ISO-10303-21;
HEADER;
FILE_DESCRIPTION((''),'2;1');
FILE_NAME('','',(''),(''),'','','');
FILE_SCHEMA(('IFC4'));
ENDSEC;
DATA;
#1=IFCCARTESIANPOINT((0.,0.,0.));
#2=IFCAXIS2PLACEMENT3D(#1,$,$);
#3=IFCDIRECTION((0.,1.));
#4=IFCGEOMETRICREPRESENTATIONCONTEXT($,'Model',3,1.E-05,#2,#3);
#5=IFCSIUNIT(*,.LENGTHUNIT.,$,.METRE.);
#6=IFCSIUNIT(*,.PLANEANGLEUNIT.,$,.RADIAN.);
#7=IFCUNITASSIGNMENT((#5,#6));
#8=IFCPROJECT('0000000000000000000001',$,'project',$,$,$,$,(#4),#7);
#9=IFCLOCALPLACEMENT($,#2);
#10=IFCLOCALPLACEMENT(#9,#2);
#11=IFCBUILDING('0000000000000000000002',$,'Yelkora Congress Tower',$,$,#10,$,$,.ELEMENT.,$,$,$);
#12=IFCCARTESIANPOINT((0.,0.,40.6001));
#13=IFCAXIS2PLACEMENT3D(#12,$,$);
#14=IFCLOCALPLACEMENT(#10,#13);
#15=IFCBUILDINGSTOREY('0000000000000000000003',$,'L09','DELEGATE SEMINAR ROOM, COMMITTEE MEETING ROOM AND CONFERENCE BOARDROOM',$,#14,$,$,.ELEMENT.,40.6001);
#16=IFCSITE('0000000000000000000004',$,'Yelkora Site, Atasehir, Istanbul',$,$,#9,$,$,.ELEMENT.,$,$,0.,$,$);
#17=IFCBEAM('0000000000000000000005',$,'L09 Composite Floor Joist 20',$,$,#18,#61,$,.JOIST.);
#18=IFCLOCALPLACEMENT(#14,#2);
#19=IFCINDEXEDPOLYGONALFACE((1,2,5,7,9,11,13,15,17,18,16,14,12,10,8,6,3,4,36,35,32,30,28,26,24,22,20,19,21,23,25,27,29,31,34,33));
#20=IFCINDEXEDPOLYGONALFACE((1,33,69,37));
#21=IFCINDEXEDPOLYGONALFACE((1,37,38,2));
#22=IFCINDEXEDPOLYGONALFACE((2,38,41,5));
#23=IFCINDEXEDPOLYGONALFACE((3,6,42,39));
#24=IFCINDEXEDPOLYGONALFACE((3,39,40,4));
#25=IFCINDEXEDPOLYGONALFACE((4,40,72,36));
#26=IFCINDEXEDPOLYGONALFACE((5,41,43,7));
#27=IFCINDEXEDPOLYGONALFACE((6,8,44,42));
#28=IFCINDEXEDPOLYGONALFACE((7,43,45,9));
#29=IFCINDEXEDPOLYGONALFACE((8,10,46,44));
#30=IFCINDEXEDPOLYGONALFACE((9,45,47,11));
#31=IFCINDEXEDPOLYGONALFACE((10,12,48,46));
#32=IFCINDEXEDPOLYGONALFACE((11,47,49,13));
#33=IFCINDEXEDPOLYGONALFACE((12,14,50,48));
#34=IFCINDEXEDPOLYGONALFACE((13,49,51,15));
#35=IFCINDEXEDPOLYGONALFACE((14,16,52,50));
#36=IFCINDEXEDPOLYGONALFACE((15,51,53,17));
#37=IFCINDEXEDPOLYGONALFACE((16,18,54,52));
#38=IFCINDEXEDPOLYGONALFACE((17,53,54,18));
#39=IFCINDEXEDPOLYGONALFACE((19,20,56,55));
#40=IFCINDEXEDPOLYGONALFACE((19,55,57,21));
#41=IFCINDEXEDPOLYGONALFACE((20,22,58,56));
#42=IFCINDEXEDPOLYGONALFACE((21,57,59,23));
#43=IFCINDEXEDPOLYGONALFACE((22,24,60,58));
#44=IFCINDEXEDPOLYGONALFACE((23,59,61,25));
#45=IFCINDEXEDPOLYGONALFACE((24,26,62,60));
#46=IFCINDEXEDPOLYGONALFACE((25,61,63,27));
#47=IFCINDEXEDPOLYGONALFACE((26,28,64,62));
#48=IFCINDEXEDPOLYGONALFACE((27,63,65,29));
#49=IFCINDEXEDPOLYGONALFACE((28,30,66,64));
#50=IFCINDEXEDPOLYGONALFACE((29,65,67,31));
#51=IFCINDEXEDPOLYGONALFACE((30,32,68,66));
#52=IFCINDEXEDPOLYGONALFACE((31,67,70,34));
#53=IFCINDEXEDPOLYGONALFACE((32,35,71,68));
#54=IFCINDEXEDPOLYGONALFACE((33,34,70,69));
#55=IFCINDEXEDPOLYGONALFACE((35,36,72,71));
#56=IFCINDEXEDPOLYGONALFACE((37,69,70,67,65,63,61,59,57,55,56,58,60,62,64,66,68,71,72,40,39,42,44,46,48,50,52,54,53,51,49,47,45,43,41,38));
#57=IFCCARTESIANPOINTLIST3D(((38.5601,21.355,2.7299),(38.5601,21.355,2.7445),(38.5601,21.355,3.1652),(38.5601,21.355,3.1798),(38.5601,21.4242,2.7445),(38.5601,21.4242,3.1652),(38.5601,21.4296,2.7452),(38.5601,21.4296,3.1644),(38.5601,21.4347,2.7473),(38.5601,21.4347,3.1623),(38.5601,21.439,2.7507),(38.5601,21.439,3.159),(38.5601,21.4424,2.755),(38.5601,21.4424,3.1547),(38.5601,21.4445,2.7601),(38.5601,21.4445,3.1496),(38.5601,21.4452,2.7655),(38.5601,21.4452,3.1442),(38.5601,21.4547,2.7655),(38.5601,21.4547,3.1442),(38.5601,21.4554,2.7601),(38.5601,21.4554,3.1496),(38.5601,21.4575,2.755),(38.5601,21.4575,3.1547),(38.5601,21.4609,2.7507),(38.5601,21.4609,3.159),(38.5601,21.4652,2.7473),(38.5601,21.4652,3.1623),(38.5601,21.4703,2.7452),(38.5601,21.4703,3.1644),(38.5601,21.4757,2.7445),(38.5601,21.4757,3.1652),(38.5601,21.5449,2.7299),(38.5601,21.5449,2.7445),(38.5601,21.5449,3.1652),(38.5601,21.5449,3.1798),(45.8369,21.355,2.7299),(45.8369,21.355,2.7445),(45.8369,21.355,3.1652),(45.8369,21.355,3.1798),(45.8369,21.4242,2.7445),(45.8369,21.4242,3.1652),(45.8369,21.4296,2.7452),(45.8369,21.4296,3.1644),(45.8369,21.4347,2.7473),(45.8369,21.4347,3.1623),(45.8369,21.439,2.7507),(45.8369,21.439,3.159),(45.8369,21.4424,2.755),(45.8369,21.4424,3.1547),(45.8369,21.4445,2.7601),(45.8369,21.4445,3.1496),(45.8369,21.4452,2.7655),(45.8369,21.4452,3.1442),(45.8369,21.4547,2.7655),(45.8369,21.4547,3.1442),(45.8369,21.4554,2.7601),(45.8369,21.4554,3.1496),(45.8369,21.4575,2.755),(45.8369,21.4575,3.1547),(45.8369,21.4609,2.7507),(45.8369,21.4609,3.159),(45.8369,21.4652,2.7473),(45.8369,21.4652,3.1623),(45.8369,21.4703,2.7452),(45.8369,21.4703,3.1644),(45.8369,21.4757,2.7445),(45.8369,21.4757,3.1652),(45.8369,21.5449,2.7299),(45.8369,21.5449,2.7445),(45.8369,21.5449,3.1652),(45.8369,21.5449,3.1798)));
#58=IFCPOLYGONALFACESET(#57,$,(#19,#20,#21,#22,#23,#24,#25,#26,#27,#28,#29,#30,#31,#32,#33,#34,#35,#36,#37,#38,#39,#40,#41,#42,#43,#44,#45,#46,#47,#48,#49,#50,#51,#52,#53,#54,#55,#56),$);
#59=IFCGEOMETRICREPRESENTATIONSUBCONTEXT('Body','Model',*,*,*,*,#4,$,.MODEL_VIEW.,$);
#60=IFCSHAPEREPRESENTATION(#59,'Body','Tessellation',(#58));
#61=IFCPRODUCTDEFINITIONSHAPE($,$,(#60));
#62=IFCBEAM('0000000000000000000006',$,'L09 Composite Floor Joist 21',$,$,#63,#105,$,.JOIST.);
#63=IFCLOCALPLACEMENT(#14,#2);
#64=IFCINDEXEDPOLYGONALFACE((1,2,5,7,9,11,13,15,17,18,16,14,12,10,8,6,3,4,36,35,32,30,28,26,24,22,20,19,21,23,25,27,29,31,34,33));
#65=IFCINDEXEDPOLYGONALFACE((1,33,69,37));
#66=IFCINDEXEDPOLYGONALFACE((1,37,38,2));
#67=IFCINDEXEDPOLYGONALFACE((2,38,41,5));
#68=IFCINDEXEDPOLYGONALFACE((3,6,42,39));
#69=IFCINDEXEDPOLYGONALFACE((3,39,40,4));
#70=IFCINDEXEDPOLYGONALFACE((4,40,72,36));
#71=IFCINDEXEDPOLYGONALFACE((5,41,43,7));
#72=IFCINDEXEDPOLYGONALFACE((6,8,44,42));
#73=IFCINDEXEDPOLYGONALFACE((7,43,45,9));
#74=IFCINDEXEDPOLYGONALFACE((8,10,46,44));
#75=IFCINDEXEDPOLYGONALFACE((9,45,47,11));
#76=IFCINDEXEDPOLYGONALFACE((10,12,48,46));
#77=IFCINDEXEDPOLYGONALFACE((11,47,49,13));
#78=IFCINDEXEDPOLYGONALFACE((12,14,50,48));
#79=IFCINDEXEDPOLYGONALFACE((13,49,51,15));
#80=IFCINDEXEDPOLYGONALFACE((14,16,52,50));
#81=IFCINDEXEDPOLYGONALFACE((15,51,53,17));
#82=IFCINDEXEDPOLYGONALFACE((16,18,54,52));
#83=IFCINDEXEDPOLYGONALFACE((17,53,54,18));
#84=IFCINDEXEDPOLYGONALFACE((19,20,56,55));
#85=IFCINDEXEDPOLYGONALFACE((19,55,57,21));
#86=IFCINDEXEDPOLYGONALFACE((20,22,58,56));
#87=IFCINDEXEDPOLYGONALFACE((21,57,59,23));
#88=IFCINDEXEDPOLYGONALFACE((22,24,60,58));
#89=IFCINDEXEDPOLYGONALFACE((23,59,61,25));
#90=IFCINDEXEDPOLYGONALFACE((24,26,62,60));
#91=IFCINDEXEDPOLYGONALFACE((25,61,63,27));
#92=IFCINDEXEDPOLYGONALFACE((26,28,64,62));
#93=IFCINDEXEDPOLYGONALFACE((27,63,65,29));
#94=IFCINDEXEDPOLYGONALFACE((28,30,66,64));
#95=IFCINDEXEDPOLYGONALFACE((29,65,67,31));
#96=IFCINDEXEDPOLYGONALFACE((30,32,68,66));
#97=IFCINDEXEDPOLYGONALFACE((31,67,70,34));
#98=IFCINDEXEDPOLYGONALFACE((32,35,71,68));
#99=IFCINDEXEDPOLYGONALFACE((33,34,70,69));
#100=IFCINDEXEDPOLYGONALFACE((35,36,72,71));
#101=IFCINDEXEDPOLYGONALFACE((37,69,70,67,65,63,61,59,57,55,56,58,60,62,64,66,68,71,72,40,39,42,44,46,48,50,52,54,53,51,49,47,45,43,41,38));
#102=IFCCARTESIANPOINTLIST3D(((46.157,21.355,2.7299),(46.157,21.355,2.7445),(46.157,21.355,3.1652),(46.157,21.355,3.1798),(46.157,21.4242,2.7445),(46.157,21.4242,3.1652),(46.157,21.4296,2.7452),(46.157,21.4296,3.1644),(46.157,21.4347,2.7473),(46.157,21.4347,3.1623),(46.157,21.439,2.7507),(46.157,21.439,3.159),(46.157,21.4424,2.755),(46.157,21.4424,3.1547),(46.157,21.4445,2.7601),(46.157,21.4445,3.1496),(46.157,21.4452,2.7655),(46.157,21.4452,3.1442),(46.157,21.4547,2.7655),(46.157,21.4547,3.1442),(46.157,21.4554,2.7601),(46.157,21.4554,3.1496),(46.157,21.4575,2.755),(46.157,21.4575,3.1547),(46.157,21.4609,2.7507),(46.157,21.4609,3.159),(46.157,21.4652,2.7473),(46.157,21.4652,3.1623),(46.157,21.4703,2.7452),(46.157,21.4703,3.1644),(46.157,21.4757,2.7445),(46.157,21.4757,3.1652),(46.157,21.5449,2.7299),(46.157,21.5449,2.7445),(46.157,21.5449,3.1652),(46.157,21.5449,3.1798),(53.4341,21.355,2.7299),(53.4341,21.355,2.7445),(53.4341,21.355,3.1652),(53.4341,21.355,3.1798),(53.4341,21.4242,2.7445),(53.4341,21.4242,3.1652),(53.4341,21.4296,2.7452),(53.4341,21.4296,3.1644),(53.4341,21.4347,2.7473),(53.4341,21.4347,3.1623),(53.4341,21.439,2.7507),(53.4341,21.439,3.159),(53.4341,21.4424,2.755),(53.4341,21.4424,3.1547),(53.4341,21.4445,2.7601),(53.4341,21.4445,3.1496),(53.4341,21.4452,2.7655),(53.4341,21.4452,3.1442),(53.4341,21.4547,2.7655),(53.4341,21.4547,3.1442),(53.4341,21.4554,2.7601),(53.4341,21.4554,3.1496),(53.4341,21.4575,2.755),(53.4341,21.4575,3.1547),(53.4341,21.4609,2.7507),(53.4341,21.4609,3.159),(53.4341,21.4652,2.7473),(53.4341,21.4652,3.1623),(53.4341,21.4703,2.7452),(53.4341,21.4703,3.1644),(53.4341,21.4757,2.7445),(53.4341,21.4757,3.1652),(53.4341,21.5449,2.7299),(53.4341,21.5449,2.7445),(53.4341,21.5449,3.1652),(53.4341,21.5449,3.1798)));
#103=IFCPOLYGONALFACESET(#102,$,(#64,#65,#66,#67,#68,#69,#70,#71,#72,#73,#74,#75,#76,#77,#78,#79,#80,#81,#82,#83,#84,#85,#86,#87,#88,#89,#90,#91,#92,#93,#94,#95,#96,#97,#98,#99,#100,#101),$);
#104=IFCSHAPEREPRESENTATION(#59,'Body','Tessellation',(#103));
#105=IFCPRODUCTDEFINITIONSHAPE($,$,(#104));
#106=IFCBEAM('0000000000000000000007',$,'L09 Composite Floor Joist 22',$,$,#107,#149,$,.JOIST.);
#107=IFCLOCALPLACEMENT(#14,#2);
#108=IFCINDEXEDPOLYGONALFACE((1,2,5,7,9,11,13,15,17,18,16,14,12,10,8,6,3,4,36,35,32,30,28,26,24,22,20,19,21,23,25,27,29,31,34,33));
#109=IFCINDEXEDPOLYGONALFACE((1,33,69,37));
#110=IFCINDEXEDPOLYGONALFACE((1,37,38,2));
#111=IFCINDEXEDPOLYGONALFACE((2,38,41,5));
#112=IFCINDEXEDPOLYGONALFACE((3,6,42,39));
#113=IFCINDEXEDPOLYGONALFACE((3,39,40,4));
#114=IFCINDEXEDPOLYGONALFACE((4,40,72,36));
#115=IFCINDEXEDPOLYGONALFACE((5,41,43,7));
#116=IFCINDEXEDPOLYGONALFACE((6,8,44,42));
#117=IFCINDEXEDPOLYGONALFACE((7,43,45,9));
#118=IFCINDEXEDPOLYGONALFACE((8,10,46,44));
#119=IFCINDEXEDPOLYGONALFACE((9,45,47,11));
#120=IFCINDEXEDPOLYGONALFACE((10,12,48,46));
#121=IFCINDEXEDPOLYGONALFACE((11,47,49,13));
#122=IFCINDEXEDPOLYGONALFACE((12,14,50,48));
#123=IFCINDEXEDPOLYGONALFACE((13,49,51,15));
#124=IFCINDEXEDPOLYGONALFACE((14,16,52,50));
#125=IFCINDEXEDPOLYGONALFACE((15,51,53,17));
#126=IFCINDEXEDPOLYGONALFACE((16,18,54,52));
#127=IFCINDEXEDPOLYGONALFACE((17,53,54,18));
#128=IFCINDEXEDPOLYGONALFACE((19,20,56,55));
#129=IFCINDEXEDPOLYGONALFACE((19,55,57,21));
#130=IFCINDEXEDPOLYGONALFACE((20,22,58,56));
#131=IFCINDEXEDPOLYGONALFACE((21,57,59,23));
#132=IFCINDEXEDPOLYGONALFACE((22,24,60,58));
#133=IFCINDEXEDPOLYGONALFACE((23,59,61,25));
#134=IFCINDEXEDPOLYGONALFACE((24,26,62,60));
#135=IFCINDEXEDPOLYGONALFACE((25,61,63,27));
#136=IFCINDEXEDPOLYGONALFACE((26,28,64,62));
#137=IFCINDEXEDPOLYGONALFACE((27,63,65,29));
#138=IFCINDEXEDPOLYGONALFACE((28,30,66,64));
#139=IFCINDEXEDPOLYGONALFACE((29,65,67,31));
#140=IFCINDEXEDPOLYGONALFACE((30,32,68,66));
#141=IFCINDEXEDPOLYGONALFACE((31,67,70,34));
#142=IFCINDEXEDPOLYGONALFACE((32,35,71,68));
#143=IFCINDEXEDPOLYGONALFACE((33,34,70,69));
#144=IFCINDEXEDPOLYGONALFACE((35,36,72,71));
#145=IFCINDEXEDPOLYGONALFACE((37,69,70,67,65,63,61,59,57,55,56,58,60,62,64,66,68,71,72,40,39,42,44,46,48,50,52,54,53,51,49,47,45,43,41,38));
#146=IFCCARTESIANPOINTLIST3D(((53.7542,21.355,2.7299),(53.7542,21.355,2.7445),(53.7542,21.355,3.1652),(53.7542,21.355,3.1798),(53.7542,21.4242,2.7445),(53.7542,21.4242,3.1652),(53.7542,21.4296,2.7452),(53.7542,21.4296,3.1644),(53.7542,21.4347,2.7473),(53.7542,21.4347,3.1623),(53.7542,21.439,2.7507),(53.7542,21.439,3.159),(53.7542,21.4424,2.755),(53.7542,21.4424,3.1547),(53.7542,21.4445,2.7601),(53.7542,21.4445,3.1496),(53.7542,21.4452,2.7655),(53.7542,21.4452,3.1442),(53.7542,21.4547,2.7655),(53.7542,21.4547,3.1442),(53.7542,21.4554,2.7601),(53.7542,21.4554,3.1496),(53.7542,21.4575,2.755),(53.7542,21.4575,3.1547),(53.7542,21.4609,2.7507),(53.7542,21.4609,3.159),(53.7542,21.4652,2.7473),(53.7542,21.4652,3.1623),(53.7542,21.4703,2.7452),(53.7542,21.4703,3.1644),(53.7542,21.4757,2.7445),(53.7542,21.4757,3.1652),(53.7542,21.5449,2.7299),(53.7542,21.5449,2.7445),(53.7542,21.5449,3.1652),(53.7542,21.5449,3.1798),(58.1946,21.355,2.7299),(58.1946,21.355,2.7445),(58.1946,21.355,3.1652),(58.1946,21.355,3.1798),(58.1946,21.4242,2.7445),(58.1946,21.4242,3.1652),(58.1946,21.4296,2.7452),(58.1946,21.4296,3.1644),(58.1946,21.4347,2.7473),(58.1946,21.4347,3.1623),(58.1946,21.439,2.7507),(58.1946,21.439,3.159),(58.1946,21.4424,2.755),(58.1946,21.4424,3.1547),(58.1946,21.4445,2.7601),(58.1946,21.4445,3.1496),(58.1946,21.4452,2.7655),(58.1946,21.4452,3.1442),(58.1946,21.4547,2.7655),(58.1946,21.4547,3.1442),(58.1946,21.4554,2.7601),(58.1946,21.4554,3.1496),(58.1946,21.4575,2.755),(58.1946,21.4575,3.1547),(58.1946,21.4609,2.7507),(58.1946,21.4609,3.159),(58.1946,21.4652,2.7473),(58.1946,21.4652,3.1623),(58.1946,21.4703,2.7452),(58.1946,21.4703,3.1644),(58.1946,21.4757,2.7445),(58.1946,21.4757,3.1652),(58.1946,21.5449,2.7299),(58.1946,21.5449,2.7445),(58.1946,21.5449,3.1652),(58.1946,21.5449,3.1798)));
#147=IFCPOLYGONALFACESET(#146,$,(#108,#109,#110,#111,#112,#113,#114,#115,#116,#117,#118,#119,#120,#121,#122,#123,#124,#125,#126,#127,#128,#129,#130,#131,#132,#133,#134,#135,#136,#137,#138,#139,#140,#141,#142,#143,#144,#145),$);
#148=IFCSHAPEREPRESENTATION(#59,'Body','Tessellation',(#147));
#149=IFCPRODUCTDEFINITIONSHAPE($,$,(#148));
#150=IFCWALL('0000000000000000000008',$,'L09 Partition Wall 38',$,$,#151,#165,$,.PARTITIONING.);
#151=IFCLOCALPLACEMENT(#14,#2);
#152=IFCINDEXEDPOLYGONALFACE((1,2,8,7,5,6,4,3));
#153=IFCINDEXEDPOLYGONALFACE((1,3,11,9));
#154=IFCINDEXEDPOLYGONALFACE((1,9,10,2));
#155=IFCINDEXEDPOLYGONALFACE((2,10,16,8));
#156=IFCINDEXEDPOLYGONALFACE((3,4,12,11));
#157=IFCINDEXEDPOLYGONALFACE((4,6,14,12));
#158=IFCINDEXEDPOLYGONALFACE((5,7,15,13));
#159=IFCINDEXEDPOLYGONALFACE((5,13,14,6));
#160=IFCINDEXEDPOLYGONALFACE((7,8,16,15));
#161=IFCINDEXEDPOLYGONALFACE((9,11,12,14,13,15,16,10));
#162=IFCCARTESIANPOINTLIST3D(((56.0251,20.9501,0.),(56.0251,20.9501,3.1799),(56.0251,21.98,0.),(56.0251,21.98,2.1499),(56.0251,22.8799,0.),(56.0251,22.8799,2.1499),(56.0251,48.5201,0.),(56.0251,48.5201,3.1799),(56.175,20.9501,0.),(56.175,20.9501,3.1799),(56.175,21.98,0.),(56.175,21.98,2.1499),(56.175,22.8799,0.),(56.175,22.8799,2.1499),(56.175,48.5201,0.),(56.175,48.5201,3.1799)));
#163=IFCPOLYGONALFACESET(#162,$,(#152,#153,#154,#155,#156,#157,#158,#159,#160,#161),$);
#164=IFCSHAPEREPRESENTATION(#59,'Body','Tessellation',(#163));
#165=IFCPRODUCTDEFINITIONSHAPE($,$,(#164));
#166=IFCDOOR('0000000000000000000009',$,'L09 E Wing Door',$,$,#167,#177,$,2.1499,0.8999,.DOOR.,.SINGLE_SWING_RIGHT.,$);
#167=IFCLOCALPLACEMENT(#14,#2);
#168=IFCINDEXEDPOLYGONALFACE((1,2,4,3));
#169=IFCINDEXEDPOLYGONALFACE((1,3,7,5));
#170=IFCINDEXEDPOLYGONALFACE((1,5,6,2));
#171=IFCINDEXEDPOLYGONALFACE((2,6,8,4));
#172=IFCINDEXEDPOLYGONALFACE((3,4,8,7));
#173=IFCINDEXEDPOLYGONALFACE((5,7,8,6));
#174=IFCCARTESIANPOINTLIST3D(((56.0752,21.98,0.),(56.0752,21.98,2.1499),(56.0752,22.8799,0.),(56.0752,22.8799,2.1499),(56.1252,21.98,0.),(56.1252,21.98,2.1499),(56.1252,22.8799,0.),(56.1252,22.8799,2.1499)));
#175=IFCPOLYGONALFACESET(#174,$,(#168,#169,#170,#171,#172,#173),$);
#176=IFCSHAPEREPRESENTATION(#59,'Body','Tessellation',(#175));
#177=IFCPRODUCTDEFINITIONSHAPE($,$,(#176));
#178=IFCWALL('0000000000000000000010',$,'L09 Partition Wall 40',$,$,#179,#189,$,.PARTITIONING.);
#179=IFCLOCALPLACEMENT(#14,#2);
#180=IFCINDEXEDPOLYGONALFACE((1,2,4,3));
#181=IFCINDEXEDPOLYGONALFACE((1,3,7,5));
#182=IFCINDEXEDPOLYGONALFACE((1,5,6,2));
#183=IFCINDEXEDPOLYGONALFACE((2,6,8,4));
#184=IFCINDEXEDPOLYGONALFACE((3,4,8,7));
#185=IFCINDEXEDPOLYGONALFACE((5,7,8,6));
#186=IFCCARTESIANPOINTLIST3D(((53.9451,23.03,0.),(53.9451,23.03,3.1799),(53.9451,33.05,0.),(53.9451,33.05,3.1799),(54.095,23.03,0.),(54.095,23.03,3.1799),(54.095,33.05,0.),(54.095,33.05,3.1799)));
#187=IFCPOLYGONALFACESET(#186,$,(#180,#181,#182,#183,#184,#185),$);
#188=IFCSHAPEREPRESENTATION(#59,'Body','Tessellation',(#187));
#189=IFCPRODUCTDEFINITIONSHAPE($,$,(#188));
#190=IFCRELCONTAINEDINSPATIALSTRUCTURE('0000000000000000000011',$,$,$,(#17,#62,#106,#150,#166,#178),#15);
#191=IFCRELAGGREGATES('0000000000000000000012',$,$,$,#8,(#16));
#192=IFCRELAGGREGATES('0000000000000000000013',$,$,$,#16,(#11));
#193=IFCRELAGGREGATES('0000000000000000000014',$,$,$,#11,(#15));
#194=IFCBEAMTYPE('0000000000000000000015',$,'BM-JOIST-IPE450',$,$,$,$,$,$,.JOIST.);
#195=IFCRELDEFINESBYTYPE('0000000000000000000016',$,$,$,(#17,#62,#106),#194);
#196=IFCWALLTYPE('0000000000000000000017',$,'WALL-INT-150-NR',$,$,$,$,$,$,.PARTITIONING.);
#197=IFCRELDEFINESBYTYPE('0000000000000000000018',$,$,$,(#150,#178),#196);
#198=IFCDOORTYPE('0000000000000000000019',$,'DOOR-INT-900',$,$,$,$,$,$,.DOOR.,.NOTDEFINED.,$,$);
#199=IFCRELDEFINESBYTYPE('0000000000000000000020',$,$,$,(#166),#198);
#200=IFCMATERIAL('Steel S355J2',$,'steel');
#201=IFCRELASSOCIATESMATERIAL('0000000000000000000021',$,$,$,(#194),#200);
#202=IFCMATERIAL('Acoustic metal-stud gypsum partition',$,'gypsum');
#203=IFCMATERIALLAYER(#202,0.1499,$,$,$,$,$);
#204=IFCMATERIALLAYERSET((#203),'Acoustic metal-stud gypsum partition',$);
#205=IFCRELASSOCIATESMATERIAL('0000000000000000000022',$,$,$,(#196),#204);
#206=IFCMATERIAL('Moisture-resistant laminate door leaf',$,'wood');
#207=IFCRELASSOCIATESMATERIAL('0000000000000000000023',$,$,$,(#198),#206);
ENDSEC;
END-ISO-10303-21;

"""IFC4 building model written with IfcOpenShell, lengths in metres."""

from ifc_helpers import new_model, si_unit, direction, frame, frame_2d, origin, origin_2d, place, context, subcontext, project, spatial, rectangle, i_section, extrude, material, layer, layer_set, material_profile, profile_set, type_object, element, fill, save


model = new_model("IFC4")

# Units and contexts
model_context = context("Model", 3, precision=1e-05, world=origin(), true_north=direction((0.0, 1.0)))
body_context = subcontext(model_context, "Body", "Model", "MODEL_VIEW")
ifc_project = project(units=[si_unit("LENGTHUNIT", "METRE"), si_unit("PLANEANGLEUNIT", "RADIAN")], contexts=[model_context])

# Site, building, storey
site_placement = place(None, origin())
site = spatial("IfcSite", under=ifc_project, at=site_placement, Name="Yelkora Site, Atasehir, Istanbul", CompositionType="ELEMENT", RefElevation=0.0)
building_placement = place(site_placement, origin())
building = spatial("IfcBuilding", under=site, at=building_placement, Name="Yelkora Congress Tower", CompositionType="ELEMENT")
storey_placement = place(building_placement, frame((0.0, 0.0, 40.6001)))
storey = spatial("IfcBuildingStorey", under=building, at=storey_placement, Name="L09", Description="DELEGATE SEMINAR ROOM, COMMITTEE MEETING ROOM AND CONFERENCE BOARDROOM", CompositionType="ELEMENT", Elevation=40.6001)

# Beams
ifc_material_1 = material(Name="Steel S355J2", Category="steel")
ifc_material_profile_1 = material_profile(ifc_material_1, i_section(OverallWidth=0.1899, OverallDepth=0.45, WebThickness=0.0095, FlangeThickness=0.0146, FilletRadius=0.021, at=origin_2d()), Name="IPE 450")
ifc_profile_set_1 = profile_set([ifc_material_profile_1], Name="Steel S355J2")
beam_type_1 = type_object("IfcBeamType", Name="BM-JOIST-IPE450", PredefinedType="JOIST", material=ifc_profile_set_1)
beam_1_placement = place(storey_placement, frame((38.5601, 21.45, 2.9548), z_axis=(1.0, 0.0, 0.0), x_axis=(0.0, 1.0, 0.0)))
element("IfcBeam", 1, at=beam_1_placement, inside=storey, type_object=beam_type_1, Name="L09 Composite Floor Joist 20", PredefinedType="JOIST", context=body_context, shape_type="SweptSolid", body=[
    extrude(i_section(OverallWidth=0.1899, OverallDepth=0.45, WebThickness=0.0095, FlangeThickness=0.0146, FilletRadius=0.021, at=origin_2d()), origin(), (0.0, 0.0, 1.0), 7.2769),
])
beam_2_placement = place(storey_placement, frame((46.157, 21.45, 2.9548), z_axis=(1.0, 0.0, 0.0), x_axis=(0.0, 1.0, 0.0)))
element("IfcBeam", 2, at=beam_2_placement, inside=storey, type_object=beam_type_1, Name="L09 Composite Floor Joist 21", PredefinedType="JOIST", context=body_context, shape_type="SweptSolid", body=[
    extrude(i_section(OverallWidth=0.1899, OverallDepth=0.45, WebThickness=0.0095, FlangeThickness=0.0146, FilletRadius=0.021, at=origin_2d()), origin(), (0.0, 0.0, 1.0), 7.2771),
])
beam_3_placement = place(storey_placement, frame((53.7542, 21.45, 2.9548), z_axis=(1.0, 0.0, 0.0), x_axis=(0.0, 1.0, 0.0)))
element("IfcBeam", 3, at=beam_3_placement, inside=storey, type_object=beam_type_1, Name="L09 Composite Floor Joist 22", PredefinedType="JOIST", context=body_context, shape_type="SweptSolid", body=[
    extrude(i_section(OverallWidth=0.1899, OverallDepth=0.45, WebThickness=0.0095, FlangeThickness=0.0146, FilletRadius=0.021, at=origin_2d()), origin(), (0.0, 0.0, 1.0), 4.4404),
])

# Wall, opening, door
ifc_material_2 = material(Name="Acoustic metal-stud gypsum partition", Category="gypsum")
ifc_layer = layer(ifc_material_2, 0.1499)
ifc_layer_set = layer_set([ifc_layer], Name="Acoustic metal-stud gypsum partition")
wall_type = type_object("IfcWallType", Name="WALL-INT-150-NR", PredefinedType="PARTITIONING", material=ifc_layer_set)
wall_placement = place(storey_placement, frame((56.1001, 20.95, 0.0), z_axis=(0.0, 0.0, 1.0), x_axis=(0.0, 1.0, 0.0)))
wall = element("IfcWall", 4, at=wall_placement, inside=storey, type_object=wall_type, Name="L09 Partition Wall 38", PredefinedType="PARTITIONING", context=body_context, shape_type="SweptSolid", body=[
    extrude(rectangle(XDim=27.5701, YDim=0.1499, at=frame_2d((13.7852, 0.0))), origin(), (0.0, 0.0, 1.0), 3.1799),
])
opening_placement = place(wall_placement, frame((1.03, 0.0, 0.0)))
opening = element("IfcOpeningElement", 5, at=opening_placement, cuts=wall, PredefinedType="OPENING", context=body_context, shape_type="SweptSolid", body=[
    extrude(rectangle(XDim=0.8999, YDim=2.1499, at=frame_2d((0.45, 1.075))), frame((0.0, 0.085, 0.0), z_axis=(0.0, -1.0, 0.0), x_axis=(1.0, 0.0, 0.0)), (0.0, 0.0, 1.0), 0.1699),
])
ifc_material_3 = material(Name="Moisture-resistant laminate door leaf", Category="wood")
door_type = type_object("IfcDoorType", Name="DOOR-INT-900", OperationType="NOTDEFINED", PredefinedType="DOOR", material=ifc_material_3)
door_placement = place(opening_placement, origin())
door = element("IfcDoor", 6, at=door_placement, inside=storey, type_object=door_type, Name="L09 E Wing Door", OperationType="SINGLE_SWING_RIGHT", OverallHeight=2.1499, OverallWidth=0.8999, PredefinedType="DOOR", context=body_context, shape_type="SweptSolid", body=[
    extrude(rectangle(XDim=0.8999, YDim=2.1499, at=frame_2d((0.45, 1.075))), frame((0.0, 0.0249, 0.0), z_axis=(0.0, -1.0, 0.0), x_axis=(1.0, 0.0, 0.0)), (0.0, 0.0, 1.0), 0.05),
])
fill(opening, door)

# Wall
for number, where, z_axis, x_axis, name in (
    (7, (54.02, 23.03, 0.0), (0.0, 0.0, 1.0), (0.0, 1.0, 0.0), "L09 Partition Wall 40"),
):
    element("IfcWall", number, at=place(storey_placement, frame(where, z_axis=z_axis, x_axis=x_axis)), inside=storey, type_object=wall_type, Name=name, PredefinedType="PARTITIONING", context=body_context, shape_type="SweptSolid", body=[
        extrude(rectangle(XDim=10.02, YDim=0.1499, at=frame_2d((5.01, 0.0))), origin(), (0.0, 0.0, 1.0), 3.1799),
    ])

save(model, "model.ifc")
